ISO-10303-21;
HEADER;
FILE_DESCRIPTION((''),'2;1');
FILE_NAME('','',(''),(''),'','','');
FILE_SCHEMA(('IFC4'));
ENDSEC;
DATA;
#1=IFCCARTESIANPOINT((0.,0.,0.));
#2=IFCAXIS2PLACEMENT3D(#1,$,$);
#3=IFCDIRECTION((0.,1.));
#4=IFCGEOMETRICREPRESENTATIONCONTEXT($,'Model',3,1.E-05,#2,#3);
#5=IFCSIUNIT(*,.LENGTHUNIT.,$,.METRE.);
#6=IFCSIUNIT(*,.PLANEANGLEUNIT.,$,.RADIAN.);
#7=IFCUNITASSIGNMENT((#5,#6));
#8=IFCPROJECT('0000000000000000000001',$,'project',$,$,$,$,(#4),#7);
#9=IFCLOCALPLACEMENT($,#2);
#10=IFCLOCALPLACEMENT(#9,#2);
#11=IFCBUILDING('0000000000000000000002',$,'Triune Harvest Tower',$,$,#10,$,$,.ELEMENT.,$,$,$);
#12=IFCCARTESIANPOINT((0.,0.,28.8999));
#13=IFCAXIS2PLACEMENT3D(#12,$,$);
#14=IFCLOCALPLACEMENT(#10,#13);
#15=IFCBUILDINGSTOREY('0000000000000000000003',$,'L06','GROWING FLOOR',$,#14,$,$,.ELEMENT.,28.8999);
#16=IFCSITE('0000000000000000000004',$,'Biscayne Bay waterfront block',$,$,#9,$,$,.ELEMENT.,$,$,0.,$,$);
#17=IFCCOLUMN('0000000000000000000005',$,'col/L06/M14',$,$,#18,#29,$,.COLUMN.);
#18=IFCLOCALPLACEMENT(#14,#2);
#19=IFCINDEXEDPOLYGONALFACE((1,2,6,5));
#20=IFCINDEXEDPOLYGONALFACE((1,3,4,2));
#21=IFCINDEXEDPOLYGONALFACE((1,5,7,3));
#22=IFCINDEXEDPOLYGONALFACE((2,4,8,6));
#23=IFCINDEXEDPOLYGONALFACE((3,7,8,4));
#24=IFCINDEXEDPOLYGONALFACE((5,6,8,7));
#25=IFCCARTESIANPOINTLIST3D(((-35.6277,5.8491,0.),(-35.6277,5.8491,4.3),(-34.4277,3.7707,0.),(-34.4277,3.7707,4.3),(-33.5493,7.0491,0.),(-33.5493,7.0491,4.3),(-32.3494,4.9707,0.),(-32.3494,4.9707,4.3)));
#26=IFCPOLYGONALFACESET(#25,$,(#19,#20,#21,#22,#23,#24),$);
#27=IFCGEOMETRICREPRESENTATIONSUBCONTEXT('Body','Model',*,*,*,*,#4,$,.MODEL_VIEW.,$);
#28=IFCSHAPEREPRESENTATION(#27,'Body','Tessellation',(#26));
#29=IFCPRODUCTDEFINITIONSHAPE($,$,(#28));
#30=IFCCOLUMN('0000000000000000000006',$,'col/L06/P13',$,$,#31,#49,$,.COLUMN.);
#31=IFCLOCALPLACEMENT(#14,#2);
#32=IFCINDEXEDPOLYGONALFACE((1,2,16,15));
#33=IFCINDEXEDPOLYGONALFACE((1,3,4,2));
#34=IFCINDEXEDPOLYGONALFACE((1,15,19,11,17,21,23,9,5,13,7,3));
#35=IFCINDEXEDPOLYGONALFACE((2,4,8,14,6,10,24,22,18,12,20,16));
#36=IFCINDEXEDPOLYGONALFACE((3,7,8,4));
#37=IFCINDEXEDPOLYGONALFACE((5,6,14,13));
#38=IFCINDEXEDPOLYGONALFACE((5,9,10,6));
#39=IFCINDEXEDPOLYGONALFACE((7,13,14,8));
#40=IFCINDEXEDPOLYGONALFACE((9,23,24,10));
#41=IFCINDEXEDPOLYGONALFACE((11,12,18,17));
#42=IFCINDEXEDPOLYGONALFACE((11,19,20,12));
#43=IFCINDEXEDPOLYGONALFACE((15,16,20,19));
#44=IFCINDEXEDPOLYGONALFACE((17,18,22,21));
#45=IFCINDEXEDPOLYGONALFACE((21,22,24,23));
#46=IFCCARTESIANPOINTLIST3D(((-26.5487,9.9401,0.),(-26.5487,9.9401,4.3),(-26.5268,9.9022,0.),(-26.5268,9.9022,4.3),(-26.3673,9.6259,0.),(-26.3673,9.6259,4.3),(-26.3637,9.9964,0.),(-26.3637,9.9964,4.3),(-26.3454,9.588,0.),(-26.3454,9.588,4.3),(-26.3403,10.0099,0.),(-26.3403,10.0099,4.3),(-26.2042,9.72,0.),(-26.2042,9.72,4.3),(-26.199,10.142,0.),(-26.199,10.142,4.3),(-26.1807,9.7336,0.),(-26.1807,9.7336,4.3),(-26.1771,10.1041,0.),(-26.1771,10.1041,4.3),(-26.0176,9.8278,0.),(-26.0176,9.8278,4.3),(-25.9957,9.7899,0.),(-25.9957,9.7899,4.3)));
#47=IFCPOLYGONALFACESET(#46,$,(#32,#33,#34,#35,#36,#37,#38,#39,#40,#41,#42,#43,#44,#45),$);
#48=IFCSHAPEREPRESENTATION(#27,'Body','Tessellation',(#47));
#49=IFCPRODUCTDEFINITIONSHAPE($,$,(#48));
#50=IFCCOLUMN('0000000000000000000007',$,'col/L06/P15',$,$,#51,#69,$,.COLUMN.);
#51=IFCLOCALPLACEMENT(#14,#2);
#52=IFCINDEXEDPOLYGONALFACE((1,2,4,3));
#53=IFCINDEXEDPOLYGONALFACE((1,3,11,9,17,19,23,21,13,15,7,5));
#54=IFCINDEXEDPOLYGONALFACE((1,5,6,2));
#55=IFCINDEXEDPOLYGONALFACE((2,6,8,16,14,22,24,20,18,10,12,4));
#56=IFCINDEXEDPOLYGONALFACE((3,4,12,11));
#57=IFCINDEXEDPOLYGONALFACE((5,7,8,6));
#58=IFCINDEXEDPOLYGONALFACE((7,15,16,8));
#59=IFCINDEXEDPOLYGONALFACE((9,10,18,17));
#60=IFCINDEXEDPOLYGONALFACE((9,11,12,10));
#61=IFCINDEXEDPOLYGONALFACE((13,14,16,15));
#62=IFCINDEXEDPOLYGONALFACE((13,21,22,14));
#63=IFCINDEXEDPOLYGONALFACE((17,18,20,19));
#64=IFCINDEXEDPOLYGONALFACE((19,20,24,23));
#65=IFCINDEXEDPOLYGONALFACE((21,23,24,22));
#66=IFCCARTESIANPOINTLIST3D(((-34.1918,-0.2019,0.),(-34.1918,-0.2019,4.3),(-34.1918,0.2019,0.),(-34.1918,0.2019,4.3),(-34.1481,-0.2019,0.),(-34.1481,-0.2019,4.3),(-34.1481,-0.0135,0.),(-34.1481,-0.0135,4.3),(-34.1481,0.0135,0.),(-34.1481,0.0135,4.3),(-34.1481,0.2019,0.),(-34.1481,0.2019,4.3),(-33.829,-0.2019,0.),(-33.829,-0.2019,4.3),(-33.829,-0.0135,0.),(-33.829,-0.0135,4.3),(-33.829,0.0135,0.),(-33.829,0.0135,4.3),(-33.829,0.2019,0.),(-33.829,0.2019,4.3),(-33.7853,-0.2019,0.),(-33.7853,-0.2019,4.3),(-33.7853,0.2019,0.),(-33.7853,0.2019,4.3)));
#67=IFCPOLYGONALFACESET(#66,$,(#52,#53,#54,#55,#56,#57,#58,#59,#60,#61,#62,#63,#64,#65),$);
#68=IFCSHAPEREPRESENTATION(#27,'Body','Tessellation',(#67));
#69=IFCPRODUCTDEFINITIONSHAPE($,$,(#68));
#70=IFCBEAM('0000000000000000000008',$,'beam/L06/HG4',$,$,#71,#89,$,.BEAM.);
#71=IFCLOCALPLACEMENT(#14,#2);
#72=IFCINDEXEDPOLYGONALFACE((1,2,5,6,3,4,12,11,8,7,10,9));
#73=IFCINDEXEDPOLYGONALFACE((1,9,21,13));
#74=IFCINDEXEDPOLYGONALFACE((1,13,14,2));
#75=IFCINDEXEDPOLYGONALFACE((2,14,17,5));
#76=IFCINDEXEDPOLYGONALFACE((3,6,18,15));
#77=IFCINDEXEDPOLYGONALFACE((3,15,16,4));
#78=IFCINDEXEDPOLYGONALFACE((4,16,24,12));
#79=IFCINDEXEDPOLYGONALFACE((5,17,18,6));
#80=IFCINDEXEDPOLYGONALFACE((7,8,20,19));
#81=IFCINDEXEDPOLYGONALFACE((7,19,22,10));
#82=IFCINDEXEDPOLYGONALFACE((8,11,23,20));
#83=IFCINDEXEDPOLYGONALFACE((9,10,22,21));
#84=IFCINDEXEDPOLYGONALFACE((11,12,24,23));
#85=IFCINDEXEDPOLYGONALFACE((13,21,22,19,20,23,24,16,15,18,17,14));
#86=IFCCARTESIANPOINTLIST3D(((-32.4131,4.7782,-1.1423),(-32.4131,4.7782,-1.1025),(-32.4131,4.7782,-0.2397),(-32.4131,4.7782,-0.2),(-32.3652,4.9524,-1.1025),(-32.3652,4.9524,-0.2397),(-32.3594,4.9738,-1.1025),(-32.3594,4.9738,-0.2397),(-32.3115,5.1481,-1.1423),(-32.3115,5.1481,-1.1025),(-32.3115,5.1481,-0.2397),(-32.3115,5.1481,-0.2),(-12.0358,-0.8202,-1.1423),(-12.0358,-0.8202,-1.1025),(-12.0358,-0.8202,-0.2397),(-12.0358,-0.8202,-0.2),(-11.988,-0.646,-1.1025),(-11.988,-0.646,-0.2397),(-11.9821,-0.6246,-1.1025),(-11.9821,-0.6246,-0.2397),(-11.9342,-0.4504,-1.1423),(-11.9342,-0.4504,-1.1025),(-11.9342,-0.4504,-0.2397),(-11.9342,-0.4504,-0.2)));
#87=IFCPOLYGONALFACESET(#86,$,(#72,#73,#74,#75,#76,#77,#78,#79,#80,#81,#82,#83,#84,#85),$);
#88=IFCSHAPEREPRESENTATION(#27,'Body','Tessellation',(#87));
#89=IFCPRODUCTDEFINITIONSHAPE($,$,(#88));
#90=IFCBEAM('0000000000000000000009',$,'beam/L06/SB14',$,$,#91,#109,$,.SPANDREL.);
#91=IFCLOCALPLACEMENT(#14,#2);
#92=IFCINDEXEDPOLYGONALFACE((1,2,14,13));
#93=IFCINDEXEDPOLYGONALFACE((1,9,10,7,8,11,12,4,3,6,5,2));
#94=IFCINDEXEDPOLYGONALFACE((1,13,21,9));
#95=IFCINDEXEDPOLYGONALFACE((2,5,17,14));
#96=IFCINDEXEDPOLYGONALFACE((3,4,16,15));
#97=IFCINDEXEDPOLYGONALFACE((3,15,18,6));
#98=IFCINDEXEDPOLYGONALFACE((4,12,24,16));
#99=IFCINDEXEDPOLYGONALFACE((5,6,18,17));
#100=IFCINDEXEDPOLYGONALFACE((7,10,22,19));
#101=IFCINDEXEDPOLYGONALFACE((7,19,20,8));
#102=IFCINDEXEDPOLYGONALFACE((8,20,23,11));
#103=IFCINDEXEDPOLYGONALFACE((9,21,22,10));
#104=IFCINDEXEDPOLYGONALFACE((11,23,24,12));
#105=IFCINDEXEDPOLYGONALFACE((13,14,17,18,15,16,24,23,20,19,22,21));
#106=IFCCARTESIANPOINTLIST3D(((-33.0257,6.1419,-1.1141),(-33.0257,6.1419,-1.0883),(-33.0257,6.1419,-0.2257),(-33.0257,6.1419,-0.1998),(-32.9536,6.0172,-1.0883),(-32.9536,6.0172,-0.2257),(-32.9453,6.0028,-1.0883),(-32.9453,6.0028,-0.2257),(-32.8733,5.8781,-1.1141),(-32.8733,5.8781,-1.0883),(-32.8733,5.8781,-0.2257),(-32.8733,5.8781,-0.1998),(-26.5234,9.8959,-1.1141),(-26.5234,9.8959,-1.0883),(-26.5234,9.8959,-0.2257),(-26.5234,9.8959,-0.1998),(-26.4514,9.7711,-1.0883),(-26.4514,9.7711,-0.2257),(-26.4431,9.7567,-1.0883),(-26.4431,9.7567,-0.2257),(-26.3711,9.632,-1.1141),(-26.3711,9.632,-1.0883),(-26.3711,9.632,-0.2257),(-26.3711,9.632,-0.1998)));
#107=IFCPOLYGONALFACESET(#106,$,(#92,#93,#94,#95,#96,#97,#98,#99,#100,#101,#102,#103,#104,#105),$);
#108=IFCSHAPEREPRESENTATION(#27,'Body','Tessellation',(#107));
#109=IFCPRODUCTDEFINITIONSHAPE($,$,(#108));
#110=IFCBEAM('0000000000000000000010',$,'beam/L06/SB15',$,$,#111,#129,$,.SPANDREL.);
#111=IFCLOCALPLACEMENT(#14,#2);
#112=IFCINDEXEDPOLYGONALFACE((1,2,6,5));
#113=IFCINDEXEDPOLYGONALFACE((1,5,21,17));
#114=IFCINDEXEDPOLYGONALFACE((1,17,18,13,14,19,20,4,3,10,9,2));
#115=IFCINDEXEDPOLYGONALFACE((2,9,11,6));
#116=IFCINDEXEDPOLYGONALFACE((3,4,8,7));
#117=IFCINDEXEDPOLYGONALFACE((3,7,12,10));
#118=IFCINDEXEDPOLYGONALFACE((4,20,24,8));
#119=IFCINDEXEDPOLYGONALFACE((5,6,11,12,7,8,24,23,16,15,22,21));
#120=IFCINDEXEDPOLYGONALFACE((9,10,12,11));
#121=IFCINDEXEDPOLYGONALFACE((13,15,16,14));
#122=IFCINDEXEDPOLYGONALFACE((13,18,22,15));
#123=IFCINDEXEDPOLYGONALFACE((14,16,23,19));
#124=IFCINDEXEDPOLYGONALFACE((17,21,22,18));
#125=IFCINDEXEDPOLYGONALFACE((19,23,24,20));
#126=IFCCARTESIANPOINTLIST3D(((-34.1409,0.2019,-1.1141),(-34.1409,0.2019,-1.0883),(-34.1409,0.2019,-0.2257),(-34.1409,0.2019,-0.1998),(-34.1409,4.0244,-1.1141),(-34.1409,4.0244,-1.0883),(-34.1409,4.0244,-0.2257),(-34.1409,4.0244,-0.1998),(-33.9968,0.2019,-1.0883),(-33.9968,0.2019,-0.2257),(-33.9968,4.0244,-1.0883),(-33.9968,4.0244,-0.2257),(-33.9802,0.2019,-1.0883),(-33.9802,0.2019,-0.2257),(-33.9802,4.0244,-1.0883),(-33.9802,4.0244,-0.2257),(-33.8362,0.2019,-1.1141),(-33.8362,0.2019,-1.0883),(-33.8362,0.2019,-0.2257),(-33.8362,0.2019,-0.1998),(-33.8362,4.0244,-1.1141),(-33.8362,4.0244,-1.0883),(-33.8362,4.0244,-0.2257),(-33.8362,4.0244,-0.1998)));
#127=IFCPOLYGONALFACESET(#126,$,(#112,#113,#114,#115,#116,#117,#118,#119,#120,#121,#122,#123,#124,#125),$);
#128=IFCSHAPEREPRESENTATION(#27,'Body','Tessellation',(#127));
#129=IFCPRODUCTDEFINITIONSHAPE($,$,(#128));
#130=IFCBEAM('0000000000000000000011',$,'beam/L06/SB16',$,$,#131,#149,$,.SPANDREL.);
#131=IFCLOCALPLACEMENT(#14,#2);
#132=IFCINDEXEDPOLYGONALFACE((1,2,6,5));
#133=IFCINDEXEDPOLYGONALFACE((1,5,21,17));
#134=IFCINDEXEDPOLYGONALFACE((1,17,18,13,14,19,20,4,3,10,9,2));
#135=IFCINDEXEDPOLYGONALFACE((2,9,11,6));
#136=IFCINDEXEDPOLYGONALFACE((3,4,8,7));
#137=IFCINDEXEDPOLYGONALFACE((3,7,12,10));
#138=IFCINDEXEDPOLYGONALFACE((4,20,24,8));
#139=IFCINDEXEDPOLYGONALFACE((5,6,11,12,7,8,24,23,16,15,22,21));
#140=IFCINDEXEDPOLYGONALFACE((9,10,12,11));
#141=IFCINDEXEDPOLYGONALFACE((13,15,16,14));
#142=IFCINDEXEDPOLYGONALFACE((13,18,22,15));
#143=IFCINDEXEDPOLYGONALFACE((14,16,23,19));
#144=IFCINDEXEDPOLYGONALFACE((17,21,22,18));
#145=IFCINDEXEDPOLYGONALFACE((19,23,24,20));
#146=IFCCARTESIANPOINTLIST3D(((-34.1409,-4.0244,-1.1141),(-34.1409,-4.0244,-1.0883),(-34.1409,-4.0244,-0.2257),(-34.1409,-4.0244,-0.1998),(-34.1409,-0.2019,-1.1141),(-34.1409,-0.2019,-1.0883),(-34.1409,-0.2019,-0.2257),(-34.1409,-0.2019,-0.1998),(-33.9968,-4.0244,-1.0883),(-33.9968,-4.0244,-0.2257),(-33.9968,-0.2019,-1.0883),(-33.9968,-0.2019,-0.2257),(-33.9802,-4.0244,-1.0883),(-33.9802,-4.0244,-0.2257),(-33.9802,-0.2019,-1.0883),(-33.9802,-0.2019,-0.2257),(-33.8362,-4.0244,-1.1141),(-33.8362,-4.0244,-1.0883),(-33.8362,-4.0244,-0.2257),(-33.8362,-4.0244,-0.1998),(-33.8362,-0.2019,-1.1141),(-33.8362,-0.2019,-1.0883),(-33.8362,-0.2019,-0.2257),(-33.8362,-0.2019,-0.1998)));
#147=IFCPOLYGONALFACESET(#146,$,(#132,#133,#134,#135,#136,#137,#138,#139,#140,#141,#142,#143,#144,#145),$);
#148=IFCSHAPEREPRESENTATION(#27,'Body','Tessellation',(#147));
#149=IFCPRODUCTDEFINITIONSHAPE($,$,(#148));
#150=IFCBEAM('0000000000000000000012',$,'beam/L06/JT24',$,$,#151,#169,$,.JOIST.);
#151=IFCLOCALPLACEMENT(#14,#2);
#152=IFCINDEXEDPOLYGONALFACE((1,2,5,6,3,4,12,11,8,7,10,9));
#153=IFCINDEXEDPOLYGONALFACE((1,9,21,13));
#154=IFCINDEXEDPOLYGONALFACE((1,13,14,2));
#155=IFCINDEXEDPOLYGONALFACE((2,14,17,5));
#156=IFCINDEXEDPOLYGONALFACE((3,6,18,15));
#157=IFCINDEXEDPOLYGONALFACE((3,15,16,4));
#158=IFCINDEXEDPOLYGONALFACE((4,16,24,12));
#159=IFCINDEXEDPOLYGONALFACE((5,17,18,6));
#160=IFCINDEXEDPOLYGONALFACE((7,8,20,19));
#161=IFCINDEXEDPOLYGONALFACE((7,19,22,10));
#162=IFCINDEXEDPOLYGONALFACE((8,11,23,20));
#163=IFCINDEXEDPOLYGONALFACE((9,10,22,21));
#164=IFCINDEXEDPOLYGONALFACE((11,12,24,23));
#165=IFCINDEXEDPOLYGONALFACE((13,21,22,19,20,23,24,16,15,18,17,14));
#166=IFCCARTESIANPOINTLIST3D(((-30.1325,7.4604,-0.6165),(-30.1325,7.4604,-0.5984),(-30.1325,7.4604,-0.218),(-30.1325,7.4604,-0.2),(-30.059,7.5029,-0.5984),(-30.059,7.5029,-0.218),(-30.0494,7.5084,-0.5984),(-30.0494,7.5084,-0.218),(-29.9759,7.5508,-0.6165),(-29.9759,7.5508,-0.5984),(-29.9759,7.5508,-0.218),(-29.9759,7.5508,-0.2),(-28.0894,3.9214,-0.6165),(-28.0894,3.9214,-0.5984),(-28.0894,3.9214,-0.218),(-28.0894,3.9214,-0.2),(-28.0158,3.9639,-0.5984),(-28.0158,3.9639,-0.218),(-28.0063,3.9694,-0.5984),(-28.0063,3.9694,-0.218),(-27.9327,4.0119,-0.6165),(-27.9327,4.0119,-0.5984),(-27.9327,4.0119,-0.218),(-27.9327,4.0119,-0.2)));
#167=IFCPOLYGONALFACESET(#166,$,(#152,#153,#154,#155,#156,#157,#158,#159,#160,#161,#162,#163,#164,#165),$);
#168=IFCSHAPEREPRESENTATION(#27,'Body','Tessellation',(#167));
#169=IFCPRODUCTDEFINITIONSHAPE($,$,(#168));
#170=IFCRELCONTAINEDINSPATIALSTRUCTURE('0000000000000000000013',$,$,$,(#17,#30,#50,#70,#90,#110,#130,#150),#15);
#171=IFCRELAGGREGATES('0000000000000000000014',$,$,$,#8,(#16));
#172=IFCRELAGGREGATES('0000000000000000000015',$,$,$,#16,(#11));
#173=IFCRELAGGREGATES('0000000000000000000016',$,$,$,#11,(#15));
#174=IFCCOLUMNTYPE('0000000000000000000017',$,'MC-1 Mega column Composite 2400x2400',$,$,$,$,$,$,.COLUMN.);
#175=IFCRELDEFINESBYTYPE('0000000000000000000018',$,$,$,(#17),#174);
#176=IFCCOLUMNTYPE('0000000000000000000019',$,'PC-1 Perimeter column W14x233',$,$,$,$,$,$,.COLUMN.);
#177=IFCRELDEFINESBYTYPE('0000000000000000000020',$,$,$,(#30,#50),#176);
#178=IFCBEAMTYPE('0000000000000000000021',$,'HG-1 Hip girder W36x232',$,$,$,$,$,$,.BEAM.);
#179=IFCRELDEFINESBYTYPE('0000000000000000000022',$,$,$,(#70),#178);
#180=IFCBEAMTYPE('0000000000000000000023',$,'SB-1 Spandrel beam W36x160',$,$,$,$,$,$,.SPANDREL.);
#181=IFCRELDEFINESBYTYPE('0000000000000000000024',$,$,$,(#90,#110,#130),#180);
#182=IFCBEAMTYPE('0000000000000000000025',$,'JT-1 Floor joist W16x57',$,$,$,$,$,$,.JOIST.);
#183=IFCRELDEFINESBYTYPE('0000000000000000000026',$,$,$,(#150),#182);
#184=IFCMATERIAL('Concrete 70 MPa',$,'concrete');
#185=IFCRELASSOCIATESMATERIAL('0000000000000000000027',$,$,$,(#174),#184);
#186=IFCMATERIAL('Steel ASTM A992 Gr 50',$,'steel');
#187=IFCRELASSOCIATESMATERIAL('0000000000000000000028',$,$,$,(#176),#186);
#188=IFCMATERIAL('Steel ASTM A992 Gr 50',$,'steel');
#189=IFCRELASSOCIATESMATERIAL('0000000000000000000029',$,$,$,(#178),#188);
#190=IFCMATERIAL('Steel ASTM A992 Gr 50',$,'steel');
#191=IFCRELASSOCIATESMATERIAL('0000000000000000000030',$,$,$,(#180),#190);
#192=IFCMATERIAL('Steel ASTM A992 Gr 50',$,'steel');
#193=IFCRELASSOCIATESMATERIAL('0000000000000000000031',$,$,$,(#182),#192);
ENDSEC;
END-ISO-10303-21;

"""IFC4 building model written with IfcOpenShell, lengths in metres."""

from ifc_helpers import new_model, si_unit, direction, frame, origin, origin_2d, place, context, subcontext, project, spatial, rectangle, i_section, extrude, source, transform, mapped, material, material_profile, profile_set, type_object, element, save


model = new_model("IFC4")

# Units and contexts
model_context = context("Model", 3, precision=1e-05, world=origin(), true_north=direction((0.0, 1.0)))
body_context = subcontext(model_context, "Body", "Model", "MODEL_VIEW")
ifc_project = project(units=[si_unit("LENGTHUNIT", "METRE"), si_unit("PLANEANGLEUNIT", "RADIAN")], contexts=[model_context])

# Site, building, storey
site_placement = place(None, origin())
site = spatial("IfcSite", under=ifc_project, at=site_placement, Name="Biscayne Bay waterfront block", CompositionType="ELEMENT", RefElevation=0.0)
building_placement = place(site_placement, origin())
building = spatial("IfcBuilding", under=site, at=building_placement, Name="Triune Harvest Tower", CompositionType="ELEMENT")
storey_placement = place(building_placement, frame((0.0, 0.0, 28.8999)))
storey = spatial("IfcBuildingStorey", under=building, at=storey_placement, Name="L06", Description="GROWING FLOOR", CompositionType="ELEMENT", Elevation=28.8999)

# Columns
ifc_material_1 = material(Name="Concrete 70 MPa", Category="concrete")
ifc_material_profile_1 = material_profile(ifc_material_1, rectangle(XDim=2.3999, YDim=2.3999, at=origin_2d()), Name="Composite 2400x2400")
ifc_profile_set_1 = profile_set([ifc_material_profile_1], Name="Concrete 70 MPa")
column_type_1 = type_object("IfcColumnType", Name="MC-1 Mega column Composite 2400x2400", PredefinedType="COLUMN", material=ifc_profile_set_1)
shared_shape_1 = source(origin(), body_context, "Body", "SweptSolid", [
    extrude(rectangle(XDim=2.3999, YDim=2.3999, at=origin_2d()), origin(), (0.0, 0.0, 1.0), 4.3),
])
column_placement = place(storey_placement, frame((-33.9885, 5.4099, 0.0), z_axis=(0.0, 0.0, 1.0), x_axis=(-0.866025, -0.5, 0.0)))
element("IfcColumn", 1, at=column_placement, inside=storey, type_object=column_type_1, Name="col/L06/M14", PredefinedType="COLUMN", context=body_context, shape_type="MappedRepresentation", body=[
    mapped(shared_shape_1, transform((0.0, 0.0, 0.0), scale=1.0)),
])
ifc_material_2 = material(Name="Steel ASTM A992 Gr 50", Category="steel")
ifc_material_profile_2 = material_profile(ifc_material_2, i_section(OverallWidth=0.4038, OverallDepth=0.4065, WebThickness=0.0271, FlangeThickness=0.0437, at=origin_2d()), Name="W14x233")
ifc_profile_set_2 = profile_set([ifc_material_profile_2], Name="Steel ASTM A992 Gr 50")
column_type_2 = type_object("IfcColumnType", Name="PC-1 Perimeter column W14x233", PredefinedType="COLUMN", material=ifc_profile_set_2)
shared_shape_2 = source(origin(), body_context, "Body", "SweptSolid", [
    extrude(i_section(OverallWidth=0.4038, OverallDepth=0.4065, WebThickness=0.0271, FlangeThickness=0.0437, at=origin_2d()), origin(), (0.0, 0.0, 1.0), 4.3),
])
for number, where, z_axis, x_axis, name in (
    (2, (-26.2722, 9.865, 0.0), (0.0, 0.0, 1.0), (-0.866025, -0.5, 0.0), "col/L06/P13"),
    (3, (-33.9885, 0.0, 0.0), (0.0, 0.0, 1.0), (0.0, -1.0, 0.0), "col/L06/P15"),
):
    element("IfcColumn", number, at=place(storey_placement, frame(where, z_axis=z_axis, x_axis=x_axis)), inside=storey, type_object=column_type_2, Name=name, PredefinedType="COLUMN", context=body_context, shape_type="MappedRepresentation", body=[
        mapped(shared_shape_2, transform((0.0, 0.0, 0.0), scale=1.0)),
    ])

# Beams
ifc_material_3 = material(Name="Steel ASTM A992 Gr 50", Category="steel")
ifc_material_profile_3 = material_profile(ifc_material_3, i_section(OverallWidth=0.3835, OverallDepth=0.9424, WebThickness=0.0222, FlangeThickness=0.0398, at=origin_2d()), Name="W36x232")
ifc_profile_set_3 = profile_set([ifc_material_profile_3], Name="Steel ASTM A992 Gr 50")
beam_type_1 = type_object("IfcBeamType", Name="HG-1 Hip girder W36x232", PredefinedType="BEAM", material=ifc_profile_set_3)
shared_shape_3 = source(origin(), body_context, "Body", "SweptSolid", [
    extrude(i_section(OverallWidth=0.3835, OverallDepth=0.9424, WebThickness=0.0222, FlangeThickness=0.0398, at=origin_2d()), origin(), (0.0, 0.0, 1.0), 21.1323),
])
beam_1_placement = place(storey_placement, frame((-32.3623, 4.9631, -0.6711), z_axis=(0.96427, -0.264922, 0.0), x_axis=(0.264922, 0.96427, 0.0)))
element("IfcBeam", 4, at=beam_1_placement, inside=storey, type_object=beam_type_1, Name="beam/L06/HG4", PredefinedType="BEAM", context=body_context, shape_type="MappedRepresentation", body=[
    mapped(shared_shape_3, transform((0.0, 0.0, 0.0), scale=1.0)),
])
ifc_material_4 = material(Name="Steel ASTM A992 Gr 50", Category="steel")
ifc_material_profile_4 = material_profile(ifc_material_4, i_section(OverallWidth=0.3047, OverallDepth=0.9143, WebThickness=0.0166, FlangeThickness=0.0259, at=origin_2d()), Name="W36x160")
ifc_profile_set_4 = profile_set([ifc_material_profile_4], Name="Steel ASTM A992 Gr 50")
beam_type_2 = type_object("IfcBeamType", Name="SB-1 Spandrel beam W36x160", PredefinedType="SPANDREL", material=ifc_profile_set_4)
shared_shape_4 = source(origin(), body_context, "Body", "SweptSolid", [
    extrude(i_section(OverallWidth=0.3047, OverallDepth=0.9143, WebThickness=0.0166, FlangeThickness=0.0259, at=origin_2d()), origin(), (0.0, 0.0, 1.0), 7.5081),
])
beam_2_placement = place(storey_placement, frame((-26.4473, 9.7639, -0.657), z_axis=(-0.866033, -0.499986, 0.0), x_axis=(0.499986, -0.866033, 0.0)))
element("IfcBeam", 5, at=beam_2_placement, inside=storey, type_object=beam_type_2, Name="beam/L06/SB14", PredefinedType="SPANDREL", context=body_context, shape_type="MappedRepresentation", body=[
    mapped(shared_shape_4, transform((0.0, 0.0, 0.0), scale=1.0)),
])
shared_shape_5 = source(origin(), body_context, "Body", "SweptSolid", [
    extrude(i_section(OverallWidth=0.3047, OverallDepth=0.9143, WebThickness=0.0166, FlangeThickness=0.0259, at=origin_2d()), origin(), (0.0, 0.0, 1.0), 3.8225),
])
for number, where, z_axis, x_axis, name in (
    (6, (-33.9885, 4.0244, -0.657), (0.0, -1.0, 0.0), (1.0, 0.0, 0.0), "beam/L06/SB15"),
    (7, (-33.9885, -0.2019, -0.657), (0.0, -1.0, 0.0), (1.0, 0.0, 0.0), "beam/L06/SB16"),
):
    element("IfcBeam", number, at=place(storey_placement, frame(where, z_axis=z_axis, x_axis=x_axis)), inside=storey, type_object=beam_type_2, Name=name, PredefinedType="SPANDREL", context=body_context, shape_type="MappedRepresentation", body=[
        mapped(shared_shape_5, transform((0.0, 0.0, 0.0), scale=1.0)),
    ])
ifc_material_5 = material(Name="Steel ASTM A992 Gr 50", Category="steel")
ifc_material_profile_5 = material_profile(ifc_material_5, i_section(OverallWidth=0.1809, OverallDepth=0.4165, WebThickness=0.011, FlangeThickness=0.0181, at=origin_2d()), Name="W16x57")
ifc_profile_set_5 = profile_set([ifc_material_profile_5], Name="Steel ASTM A992 Gr 50")
beam_type_3 = type_object("IfcBeamType", Name="JT-1 Floor joist W16x57", PredefinedType="JOIST", material=ifc_profile_set_5)
shared_shape_6 = source(origin(), body_context, "Body", "SweptSolid", [
    extrude(i_section(OverallWidth=0.1809, OverallDepth=0.4165, WebThickness=0.011, FlangeThickness=0.0181, at=origin_2d()), origin(), (0.0, 0.0, 1.0), 4.0864),
])
beam_3_placement = place(storey_placement, frame((-30.0542, 7.5056, -0.4082), z_axis=(0.499988, -0.866032, 0.0), x_axis=(0.866032, 0.499988, 0.0)))
element("IfcBeam", 8, at=beam_3_placement, inside=storey, type_object=beam_type_3, Name="beam/L06/JT24", PredefinedType="JOIST", context=body_context, shape_type="MappedRepresentation", body=[
    mapped(shared_shape_6, transform((0.0, 0.0, 0.0), scale=1.0)),
])

save(model, "model.ifc")
